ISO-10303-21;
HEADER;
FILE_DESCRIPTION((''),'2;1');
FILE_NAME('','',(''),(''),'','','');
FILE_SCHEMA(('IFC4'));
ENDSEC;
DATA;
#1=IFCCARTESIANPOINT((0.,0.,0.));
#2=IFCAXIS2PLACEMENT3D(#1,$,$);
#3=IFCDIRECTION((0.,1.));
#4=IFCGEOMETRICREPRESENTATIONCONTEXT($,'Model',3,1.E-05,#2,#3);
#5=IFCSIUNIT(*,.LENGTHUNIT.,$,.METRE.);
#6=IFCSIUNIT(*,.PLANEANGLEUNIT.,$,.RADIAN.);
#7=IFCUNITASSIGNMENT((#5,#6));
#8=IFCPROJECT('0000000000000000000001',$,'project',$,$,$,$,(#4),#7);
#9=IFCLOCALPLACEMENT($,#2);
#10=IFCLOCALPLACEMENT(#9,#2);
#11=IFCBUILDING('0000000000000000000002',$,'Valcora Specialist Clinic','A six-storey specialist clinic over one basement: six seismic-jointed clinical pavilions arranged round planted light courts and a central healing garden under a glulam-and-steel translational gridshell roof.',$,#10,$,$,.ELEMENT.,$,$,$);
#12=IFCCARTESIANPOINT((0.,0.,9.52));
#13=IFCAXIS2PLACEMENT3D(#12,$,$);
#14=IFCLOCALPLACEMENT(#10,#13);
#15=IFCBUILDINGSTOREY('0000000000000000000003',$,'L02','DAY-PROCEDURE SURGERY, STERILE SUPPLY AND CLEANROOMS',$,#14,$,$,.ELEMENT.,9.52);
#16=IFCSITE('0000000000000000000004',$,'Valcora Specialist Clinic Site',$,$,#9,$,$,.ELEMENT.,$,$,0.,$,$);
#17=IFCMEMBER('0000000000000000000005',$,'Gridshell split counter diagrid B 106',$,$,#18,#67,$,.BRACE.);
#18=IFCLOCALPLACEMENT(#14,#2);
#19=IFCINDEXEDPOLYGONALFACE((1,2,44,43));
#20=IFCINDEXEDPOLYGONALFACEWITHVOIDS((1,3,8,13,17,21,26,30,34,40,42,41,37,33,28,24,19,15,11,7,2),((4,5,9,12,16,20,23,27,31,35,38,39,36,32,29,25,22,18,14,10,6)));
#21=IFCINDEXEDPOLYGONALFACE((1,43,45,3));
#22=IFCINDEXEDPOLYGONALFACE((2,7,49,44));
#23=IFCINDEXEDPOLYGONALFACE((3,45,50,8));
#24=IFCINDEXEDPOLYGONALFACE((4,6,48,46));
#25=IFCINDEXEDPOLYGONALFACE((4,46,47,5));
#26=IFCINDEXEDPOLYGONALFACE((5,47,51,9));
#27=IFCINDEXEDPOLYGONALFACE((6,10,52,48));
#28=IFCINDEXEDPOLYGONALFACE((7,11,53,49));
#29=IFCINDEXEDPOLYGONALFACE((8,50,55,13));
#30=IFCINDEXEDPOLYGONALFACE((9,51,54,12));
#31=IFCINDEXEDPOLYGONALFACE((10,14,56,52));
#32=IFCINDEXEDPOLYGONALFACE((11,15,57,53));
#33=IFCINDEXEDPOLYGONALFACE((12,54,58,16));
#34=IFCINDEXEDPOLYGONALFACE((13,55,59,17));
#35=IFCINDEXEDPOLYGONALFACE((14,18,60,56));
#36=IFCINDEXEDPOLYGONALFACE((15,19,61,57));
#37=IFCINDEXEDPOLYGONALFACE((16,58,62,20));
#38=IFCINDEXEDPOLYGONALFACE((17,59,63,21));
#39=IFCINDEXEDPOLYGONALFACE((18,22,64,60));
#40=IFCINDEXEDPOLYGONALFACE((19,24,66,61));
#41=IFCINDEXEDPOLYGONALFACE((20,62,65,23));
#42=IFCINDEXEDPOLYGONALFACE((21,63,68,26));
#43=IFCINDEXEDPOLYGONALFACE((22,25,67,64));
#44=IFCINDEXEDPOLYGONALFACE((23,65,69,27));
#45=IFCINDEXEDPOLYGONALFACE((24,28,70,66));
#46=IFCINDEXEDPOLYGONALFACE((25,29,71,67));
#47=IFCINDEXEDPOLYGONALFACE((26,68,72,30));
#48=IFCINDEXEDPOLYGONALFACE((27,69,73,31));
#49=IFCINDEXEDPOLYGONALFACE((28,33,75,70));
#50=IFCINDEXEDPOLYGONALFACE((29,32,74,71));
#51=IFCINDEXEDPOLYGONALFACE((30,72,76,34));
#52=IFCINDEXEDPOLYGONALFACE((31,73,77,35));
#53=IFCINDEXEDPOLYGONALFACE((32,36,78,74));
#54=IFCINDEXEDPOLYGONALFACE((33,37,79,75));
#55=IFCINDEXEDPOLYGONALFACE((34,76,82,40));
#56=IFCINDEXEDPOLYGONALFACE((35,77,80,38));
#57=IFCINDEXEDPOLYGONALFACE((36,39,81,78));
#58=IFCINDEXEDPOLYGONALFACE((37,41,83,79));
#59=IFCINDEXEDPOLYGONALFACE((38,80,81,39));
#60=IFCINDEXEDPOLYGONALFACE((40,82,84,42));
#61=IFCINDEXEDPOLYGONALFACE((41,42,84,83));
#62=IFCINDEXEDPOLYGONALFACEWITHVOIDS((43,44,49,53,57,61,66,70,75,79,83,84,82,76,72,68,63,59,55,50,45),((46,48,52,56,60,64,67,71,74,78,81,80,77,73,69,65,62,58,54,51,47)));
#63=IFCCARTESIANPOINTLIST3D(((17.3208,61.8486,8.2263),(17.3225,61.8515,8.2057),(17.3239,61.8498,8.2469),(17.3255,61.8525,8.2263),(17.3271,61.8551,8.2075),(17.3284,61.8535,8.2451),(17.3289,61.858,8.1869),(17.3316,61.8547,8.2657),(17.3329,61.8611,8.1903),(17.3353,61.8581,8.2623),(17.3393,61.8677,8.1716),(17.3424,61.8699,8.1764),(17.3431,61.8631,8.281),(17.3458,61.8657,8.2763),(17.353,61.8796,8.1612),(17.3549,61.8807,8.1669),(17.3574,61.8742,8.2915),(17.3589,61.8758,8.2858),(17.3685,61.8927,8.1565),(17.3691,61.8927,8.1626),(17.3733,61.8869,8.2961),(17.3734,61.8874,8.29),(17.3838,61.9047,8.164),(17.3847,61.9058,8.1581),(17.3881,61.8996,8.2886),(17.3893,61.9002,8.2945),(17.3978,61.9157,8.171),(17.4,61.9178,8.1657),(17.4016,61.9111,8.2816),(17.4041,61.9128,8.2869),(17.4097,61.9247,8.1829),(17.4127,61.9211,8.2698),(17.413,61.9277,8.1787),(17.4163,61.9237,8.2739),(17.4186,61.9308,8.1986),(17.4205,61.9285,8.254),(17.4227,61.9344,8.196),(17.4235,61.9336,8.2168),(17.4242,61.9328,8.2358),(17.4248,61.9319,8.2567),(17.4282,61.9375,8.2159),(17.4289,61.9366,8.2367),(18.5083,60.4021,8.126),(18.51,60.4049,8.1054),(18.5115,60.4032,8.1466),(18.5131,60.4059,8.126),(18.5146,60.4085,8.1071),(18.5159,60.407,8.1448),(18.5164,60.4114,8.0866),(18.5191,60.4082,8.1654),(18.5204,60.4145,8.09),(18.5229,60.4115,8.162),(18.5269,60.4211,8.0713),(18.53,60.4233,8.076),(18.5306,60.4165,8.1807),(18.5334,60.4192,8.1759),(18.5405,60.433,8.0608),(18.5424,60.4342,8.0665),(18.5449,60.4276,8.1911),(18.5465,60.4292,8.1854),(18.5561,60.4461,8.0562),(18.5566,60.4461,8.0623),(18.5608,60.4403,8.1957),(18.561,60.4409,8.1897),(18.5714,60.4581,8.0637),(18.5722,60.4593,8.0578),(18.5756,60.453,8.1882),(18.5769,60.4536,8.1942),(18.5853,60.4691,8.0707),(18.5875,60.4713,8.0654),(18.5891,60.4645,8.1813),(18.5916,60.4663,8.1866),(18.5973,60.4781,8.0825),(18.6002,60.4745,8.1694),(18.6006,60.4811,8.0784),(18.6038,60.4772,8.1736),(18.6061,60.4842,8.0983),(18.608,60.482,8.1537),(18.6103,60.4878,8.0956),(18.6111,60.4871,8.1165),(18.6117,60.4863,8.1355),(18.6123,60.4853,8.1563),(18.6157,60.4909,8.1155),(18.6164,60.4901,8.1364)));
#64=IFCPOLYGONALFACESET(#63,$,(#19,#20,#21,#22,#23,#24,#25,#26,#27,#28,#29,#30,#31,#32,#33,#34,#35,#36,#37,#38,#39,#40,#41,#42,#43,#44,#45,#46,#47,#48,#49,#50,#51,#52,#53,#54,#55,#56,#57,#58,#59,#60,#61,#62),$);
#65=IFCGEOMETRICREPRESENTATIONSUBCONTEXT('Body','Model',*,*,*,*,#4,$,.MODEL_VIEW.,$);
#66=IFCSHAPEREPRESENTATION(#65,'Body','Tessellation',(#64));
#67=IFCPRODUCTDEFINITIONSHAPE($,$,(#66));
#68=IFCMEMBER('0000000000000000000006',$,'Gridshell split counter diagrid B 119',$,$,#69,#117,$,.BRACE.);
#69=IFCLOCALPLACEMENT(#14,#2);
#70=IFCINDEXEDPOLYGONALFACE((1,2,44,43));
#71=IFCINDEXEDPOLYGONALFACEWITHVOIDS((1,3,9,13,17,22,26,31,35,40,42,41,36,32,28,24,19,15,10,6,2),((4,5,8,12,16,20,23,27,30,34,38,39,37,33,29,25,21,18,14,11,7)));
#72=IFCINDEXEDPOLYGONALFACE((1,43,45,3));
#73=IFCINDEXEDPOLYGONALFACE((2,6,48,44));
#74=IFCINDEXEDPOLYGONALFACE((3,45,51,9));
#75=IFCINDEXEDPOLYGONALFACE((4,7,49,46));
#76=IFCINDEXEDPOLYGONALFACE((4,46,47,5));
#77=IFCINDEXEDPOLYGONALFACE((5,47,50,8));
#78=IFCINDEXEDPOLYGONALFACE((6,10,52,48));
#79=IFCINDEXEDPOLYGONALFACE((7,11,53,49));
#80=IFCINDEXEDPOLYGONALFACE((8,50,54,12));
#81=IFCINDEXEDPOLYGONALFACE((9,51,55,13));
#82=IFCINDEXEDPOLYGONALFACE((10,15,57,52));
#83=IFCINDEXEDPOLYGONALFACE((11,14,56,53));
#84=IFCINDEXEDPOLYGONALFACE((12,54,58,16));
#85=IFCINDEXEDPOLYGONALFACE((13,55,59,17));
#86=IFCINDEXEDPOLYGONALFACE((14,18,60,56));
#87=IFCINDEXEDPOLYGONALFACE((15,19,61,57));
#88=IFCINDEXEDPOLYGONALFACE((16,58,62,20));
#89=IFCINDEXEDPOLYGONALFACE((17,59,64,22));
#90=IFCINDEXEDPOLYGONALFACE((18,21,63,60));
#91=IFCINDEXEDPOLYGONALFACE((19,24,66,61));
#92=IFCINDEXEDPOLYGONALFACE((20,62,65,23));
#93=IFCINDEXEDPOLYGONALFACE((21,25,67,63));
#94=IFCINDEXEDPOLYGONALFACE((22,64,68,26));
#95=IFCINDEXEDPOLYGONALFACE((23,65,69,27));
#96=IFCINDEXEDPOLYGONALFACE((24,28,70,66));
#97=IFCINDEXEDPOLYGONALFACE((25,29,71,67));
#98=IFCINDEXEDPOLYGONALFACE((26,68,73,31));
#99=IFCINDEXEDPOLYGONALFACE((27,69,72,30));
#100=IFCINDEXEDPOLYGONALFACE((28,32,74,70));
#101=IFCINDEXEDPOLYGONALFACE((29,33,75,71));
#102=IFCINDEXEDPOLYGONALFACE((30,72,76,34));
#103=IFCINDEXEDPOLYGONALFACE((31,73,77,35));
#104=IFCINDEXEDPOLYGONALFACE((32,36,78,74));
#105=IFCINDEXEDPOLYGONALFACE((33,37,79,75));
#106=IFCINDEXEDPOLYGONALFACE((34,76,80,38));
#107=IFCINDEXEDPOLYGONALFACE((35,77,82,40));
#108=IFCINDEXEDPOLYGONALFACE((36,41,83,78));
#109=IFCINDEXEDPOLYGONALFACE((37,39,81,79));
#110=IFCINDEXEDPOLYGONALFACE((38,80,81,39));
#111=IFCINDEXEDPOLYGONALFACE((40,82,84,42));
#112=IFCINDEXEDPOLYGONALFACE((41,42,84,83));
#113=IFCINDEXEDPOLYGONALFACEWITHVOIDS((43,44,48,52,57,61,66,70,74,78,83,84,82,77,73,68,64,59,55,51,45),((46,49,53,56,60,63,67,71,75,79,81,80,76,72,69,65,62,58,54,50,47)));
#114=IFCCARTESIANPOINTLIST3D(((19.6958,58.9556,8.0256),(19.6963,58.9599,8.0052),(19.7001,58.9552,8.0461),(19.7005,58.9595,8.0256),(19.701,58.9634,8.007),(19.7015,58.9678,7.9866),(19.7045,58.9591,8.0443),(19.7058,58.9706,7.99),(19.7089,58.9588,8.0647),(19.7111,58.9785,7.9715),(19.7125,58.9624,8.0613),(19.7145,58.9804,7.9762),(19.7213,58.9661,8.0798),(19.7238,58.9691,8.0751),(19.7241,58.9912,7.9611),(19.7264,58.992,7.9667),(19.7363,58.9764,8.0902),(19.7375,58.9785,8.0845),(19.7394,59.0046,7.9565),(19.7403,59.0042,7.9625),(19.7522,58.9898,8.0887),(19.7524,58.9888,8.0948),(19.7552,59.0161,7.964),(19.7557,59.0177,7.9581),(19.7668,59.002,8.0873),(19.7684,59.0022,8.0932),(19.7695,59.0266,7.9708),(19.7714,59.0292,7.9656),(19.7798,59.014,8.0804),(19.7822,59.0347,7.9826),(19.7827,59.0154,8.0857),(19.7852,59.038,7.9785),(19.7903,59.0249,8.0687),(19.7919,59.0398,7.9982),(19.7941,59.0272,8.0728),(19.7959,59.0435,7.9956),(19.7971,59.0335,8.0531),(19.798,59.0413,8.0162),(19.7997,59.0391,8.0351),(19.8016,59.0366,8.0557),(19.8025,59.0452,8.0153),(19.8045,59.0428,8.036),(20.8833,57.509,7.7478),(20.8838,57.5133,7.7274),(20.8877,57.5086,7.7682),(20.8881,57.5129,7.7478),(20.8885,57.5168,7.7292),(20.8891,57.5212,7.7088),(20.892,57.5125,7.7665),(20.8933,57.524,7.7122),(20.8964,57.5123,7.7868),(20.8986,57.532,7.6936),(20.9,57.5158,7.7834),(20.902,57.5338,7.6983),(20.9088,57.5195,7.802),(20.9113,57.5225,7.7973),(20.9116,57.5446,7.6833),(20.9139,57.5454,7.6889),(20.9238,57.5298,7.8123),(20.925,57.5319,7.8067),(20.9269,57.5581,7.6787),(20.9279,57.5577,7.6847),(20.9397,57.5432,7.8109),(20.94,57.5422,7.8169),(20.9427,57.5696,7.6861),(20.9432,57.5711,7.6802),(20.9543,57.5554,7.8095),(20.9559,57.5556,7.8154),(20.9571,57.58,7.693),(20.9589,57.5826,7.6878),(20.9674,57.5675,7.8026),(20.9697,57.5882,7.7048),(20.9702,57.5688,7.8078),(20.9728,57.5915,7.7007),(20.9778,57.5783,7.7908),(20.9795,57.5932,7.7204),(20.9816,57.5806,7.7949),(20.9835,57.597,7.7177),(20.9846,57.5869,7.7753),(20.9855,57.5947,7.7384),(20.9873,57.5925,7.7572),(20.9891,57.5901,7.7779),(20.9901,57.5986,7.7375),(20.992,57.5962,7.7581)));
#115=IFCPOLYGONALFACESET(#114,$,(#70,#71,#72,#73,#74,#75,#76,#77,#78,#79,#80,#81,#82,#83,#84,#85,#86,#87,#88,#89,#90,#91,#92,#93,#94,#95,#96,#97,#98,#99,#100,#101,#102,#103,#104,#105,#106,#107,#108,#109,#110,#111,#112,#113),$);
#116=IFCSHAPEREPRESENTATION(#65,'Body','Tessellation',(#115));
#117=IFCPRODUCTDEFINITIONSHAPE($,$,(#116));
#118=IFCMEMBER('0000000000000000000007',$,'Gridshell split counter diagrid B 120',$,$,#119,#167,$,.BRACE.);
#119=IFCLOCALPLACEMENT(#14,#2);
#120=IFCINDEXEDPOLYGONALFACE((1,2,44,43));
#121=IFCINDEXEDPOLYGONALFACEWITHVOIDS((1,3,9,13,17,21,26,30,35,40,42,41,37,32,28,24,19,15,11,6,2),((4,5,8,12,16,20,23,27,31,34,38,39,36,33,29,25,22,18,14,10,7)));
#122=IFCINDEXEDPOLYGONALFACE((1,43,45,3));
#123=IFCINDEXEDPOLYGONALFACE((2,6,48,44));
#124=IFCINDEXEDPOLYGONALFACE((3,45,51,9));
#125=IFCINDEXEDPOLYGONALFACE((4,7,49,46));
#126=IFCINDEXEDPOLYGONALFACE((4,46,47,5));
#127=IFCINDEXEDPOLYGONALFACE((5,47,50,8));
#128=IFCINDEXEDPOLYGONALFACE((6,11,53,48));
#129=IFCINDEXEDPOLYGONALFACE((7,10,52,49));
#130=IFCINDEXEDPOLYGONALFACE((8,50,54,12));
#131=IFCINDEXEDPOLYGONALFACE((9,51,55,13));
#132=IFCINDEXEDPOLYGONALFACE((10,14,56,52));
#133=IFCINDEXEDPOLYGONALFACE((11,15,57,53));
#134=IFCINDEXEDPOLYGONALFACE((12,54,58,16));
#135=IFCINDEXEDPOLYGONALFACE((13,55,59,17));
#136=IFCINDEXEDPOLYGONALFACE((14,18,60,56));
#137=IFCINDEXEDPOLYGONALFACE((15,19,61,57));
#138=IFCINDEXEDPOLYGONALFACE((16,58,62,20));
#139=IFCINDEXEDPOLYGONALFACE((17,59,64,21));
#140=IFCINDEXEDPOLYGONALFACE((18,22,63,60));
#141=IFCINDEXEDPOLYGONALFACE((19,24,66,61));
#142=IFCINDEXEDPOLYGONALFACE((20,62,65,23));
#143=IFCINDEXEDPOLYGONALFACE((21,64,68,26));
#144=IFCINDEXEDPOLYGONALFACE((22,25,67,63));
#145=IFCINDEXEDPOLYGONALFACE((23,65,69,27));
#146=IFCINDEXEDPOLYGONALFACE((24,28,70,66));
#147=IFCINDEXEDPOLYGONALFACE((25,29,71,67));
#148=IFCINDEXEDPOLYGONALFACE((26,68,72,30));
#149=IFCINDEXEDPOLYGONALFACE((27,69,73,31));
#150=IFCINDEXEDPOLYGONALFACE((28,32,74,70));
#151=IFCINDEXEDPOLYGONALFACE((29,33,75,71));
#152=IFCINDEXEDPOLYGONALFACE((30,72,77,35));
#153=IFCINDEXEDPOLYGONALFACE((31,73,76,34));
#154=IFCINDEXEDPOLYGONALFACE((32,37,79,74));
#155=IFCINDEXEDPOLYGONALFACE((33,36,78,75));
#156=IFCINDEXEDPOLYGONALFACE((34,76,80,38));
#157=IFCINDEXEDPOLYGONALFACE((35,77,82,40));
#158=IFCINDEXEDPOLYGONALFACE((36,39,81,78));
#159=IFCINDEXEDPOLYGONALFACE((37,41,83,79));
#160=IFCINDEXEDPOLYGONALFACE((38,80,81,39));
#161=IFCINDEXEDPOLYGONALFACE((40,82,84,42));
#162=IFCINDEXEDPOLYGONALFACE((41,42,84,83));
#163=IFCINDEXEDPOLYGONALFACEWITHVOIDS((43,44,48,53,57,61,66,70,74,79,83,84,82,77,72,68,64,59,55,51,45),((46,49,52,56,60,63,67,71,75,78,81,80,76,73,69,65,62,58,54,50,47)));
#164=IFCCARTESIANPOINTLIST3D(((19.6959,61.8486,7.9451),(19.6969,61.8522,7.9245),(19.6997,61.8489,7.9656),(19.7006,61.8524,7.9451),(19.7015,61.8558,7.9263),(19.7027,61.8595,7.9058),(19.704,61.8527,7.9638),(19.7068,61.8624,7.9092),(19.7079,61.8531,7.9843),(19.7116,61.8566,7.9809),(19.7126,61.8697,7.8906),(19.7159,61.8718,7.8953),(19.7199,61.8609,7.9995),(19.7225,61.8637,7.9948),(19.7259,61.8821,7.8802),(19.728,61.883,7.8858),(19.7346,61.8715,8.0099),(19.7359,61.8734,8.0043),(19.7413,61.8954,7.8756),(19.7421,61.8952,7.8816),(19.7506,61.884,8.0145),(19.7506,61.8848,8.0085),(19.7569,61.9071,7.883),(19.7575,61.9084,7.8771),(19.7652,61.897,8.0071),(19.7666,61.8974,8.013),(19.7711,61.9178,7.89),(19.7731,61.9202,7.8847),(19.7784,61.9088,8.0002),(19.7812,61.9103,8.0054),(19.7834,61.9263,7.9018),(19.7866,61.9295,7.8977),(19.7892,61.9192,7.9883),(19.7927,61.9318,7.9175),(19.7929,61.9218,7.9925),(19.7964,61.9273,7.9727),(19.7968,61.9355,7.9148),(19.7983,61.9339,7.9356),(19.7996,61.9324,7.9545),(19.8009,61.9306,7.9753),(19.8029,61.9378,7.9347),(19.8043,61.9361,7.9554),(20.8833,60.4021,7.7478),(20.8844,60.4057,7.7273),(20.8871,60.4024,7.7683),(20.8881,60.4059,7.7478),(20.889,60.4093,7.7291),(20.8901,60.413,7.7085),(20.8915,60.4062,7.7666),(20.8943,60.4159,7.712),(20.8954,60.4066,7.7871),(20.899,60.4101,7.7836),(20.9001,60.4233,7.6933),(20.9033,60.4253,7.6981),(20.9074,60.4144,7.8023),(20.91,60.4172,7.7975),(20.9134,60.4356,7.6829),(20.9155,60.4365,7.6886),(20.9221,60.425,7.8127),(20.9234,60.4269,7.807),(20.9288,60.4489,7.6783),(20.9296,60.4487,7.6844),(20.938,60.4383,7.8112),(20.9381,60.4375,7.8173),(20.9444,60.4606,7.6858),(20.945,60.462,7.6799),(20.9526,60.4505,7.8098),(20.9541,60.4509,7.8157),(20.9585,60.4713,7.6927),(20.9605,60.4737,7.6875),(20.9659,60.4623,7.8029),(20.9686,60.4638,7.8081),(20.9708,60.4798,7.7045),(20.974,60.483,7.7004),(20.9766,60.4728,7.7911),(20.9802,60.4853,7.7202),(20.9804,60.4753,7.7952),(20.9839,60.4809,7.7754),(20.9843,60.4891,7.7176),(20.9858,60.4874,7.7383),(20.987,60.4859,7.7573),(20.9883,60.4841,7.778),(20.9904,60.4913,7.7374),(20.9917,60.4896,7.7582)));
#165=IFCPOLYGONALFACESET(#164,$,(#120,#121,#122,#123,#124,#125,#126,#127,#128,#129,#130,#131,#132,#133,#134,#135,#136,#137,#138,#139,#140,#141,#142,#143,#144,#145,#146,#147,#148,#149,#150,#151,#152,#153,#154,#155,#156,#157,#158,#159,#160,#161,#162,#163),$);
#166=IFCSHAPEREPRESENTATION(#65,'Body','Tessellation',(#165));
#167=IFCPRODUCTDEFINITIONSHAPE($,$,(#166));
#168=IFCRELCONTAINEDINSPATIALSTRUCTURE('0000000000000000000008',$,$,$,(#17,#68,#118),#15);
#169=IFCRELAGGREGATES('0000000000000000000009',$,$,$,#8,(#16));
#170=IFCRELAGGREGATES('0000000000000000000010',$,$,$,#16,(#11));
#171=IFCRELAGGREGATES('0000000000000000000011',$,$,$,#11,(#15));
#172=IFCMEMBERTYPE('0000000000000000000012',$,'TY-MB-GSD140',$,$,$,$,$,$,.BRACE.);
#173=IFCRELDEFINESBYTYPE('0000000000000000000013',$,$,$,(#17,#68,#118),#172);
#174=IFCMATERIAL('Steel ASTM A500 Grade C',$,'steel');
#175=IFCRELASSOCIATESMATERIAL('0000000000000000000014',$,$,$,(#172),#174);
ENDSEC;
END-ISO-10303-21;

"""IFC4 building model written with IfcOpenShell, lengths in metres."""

from ifc_helpers import new_model, si_unit, direction, frame, origin, origin_2d, place, context, subcontext, project, spatial, hollow_circle, extrude, material, material_profile, profile_set, type_object, element, save


model = new_model("IFC4")

# Units and contexts
model_context = context("Model", 3, precision=1e-05, world=origin(), true_north=direction((0.0, 1.0)))
body_context = subcontext(model_context, "Body", "Model", "MODEL_VIEW")
ifc_project = project(units=[si_unit("LENGTHUNIT", "METRE"), si_unit("PLANEANGLEUNIT", "RADIAN")], contexts=[model_context])

# Site, building, storey
site_placement = place(None, origin())
site = spatial("IfcSite", under=ifc_project, at=site_placement, Name="Valcora Specialist Clinic Site", CompositionType="ELEMENT", RefElevation=0.0)
building_placement = place(site_placement, origin())
building = spatial("IfcBuilding", under=site, at=building_placement, Name="Valcora Specialist Clinic", Description="A six-storey specialist clinic over one basement: six seismic-jointed clinical pavilions arranged round planted light courts and a central healing garden under a glulam-and-steel translational gridshell roof.", CompositionType="ELEMENT")
storey_placement = place(building_placement, frame((0.0, 0.0, 9.52)))
storey = spatial("IfcBuildingStorey", under=building, at=storey_placement, Name="L02", Description="DAY-PROCEDURE SURGERY, STERILE SUPPLY AND CLEANROOMS", CompositionType="ELEMENT", Elevation=9.52)

# Members
ifc_material_1 = material(Name="Steel ASTM A500 Grade C", Category="steel")
ifc_material_profile_1 = material_profile(ifc_material_1, hollow_circle(Radius=0.0701, WallThickness=0.0061, at=origin_2d()), Name="ST-CHS-140X6")
ifc_profile_set_1 = profile_set([ifc_material_profile_1], Name="Steel ASTM A500 Grade C")
member_type_1 = type_object("IfcMemberType", Name="TY-MB-GSD140", PredefinedType="BRACE", material=ifc_profile_set_1)
member_1_placement = place(storey_placement, frame((18.5625, 60.4465, 8.126), z_axis=(-0.633598, 0.771807, 0.053538), x_axis=(-0.772916, -0.634508, 0.0)))
element("IfcMember", 1, at=member_1_placement, inside=storey, type_object=member_type_1, Name="Gridshell split counter diagrid B 106", PredefinedType="BRACE", context=body_context, shape_type="SweptSolid", body=[
    extrude(hollow_circle(Radius=0.0701, WallThickness=0.0061, at=origin_2d()), origin(), (0.0, 0.0, 1.0), 1.8743),
])
member_2_placement = place(storey_placement, frame((20.9375, 57.5535, 7.7478), z_axis=(-0.62763, 0.764537, 0.146843), x_axis=(-0.772916, -0.634508, 0.0)))
element("IfcMember", 2, at=member_2_placement, inside=storey, type_object=member_type_1, Name="Gridshell split counter diagrid B 119", PredefinedType="BRACE", context=body_context, shape_type="SweptSolid", body=[
    extrude(hollow_circle(Radius=0.0701, WallThickness=0.0061, at=origin_2d()), origin(), (0.0, 0.0, 1.0), 1.8921),
])
member_3_placement = place(storey_placement, frame((20.9375, 60.4465, 7.7478), z_axis=(-0.631013, 0.768658, 0.104823), x_axis=(-0.772916, -0.634508, 0.0)))
element("IfcMember", 3, at=member_3_placement, inside=storey, type_object=member_type_1, Name="Gridshell split counter diagrid B 120", PredefinedType="BRACE", context=body_context, shape_type="SweptSolid", body=[
    extrude(hollow_circle(Radius=0.0701, WallThickness=0.0061, at=origin_2d()), origin(), (0.0, 0.0, 1.0), 1.8818),
])

save(model, "model.ifc")
